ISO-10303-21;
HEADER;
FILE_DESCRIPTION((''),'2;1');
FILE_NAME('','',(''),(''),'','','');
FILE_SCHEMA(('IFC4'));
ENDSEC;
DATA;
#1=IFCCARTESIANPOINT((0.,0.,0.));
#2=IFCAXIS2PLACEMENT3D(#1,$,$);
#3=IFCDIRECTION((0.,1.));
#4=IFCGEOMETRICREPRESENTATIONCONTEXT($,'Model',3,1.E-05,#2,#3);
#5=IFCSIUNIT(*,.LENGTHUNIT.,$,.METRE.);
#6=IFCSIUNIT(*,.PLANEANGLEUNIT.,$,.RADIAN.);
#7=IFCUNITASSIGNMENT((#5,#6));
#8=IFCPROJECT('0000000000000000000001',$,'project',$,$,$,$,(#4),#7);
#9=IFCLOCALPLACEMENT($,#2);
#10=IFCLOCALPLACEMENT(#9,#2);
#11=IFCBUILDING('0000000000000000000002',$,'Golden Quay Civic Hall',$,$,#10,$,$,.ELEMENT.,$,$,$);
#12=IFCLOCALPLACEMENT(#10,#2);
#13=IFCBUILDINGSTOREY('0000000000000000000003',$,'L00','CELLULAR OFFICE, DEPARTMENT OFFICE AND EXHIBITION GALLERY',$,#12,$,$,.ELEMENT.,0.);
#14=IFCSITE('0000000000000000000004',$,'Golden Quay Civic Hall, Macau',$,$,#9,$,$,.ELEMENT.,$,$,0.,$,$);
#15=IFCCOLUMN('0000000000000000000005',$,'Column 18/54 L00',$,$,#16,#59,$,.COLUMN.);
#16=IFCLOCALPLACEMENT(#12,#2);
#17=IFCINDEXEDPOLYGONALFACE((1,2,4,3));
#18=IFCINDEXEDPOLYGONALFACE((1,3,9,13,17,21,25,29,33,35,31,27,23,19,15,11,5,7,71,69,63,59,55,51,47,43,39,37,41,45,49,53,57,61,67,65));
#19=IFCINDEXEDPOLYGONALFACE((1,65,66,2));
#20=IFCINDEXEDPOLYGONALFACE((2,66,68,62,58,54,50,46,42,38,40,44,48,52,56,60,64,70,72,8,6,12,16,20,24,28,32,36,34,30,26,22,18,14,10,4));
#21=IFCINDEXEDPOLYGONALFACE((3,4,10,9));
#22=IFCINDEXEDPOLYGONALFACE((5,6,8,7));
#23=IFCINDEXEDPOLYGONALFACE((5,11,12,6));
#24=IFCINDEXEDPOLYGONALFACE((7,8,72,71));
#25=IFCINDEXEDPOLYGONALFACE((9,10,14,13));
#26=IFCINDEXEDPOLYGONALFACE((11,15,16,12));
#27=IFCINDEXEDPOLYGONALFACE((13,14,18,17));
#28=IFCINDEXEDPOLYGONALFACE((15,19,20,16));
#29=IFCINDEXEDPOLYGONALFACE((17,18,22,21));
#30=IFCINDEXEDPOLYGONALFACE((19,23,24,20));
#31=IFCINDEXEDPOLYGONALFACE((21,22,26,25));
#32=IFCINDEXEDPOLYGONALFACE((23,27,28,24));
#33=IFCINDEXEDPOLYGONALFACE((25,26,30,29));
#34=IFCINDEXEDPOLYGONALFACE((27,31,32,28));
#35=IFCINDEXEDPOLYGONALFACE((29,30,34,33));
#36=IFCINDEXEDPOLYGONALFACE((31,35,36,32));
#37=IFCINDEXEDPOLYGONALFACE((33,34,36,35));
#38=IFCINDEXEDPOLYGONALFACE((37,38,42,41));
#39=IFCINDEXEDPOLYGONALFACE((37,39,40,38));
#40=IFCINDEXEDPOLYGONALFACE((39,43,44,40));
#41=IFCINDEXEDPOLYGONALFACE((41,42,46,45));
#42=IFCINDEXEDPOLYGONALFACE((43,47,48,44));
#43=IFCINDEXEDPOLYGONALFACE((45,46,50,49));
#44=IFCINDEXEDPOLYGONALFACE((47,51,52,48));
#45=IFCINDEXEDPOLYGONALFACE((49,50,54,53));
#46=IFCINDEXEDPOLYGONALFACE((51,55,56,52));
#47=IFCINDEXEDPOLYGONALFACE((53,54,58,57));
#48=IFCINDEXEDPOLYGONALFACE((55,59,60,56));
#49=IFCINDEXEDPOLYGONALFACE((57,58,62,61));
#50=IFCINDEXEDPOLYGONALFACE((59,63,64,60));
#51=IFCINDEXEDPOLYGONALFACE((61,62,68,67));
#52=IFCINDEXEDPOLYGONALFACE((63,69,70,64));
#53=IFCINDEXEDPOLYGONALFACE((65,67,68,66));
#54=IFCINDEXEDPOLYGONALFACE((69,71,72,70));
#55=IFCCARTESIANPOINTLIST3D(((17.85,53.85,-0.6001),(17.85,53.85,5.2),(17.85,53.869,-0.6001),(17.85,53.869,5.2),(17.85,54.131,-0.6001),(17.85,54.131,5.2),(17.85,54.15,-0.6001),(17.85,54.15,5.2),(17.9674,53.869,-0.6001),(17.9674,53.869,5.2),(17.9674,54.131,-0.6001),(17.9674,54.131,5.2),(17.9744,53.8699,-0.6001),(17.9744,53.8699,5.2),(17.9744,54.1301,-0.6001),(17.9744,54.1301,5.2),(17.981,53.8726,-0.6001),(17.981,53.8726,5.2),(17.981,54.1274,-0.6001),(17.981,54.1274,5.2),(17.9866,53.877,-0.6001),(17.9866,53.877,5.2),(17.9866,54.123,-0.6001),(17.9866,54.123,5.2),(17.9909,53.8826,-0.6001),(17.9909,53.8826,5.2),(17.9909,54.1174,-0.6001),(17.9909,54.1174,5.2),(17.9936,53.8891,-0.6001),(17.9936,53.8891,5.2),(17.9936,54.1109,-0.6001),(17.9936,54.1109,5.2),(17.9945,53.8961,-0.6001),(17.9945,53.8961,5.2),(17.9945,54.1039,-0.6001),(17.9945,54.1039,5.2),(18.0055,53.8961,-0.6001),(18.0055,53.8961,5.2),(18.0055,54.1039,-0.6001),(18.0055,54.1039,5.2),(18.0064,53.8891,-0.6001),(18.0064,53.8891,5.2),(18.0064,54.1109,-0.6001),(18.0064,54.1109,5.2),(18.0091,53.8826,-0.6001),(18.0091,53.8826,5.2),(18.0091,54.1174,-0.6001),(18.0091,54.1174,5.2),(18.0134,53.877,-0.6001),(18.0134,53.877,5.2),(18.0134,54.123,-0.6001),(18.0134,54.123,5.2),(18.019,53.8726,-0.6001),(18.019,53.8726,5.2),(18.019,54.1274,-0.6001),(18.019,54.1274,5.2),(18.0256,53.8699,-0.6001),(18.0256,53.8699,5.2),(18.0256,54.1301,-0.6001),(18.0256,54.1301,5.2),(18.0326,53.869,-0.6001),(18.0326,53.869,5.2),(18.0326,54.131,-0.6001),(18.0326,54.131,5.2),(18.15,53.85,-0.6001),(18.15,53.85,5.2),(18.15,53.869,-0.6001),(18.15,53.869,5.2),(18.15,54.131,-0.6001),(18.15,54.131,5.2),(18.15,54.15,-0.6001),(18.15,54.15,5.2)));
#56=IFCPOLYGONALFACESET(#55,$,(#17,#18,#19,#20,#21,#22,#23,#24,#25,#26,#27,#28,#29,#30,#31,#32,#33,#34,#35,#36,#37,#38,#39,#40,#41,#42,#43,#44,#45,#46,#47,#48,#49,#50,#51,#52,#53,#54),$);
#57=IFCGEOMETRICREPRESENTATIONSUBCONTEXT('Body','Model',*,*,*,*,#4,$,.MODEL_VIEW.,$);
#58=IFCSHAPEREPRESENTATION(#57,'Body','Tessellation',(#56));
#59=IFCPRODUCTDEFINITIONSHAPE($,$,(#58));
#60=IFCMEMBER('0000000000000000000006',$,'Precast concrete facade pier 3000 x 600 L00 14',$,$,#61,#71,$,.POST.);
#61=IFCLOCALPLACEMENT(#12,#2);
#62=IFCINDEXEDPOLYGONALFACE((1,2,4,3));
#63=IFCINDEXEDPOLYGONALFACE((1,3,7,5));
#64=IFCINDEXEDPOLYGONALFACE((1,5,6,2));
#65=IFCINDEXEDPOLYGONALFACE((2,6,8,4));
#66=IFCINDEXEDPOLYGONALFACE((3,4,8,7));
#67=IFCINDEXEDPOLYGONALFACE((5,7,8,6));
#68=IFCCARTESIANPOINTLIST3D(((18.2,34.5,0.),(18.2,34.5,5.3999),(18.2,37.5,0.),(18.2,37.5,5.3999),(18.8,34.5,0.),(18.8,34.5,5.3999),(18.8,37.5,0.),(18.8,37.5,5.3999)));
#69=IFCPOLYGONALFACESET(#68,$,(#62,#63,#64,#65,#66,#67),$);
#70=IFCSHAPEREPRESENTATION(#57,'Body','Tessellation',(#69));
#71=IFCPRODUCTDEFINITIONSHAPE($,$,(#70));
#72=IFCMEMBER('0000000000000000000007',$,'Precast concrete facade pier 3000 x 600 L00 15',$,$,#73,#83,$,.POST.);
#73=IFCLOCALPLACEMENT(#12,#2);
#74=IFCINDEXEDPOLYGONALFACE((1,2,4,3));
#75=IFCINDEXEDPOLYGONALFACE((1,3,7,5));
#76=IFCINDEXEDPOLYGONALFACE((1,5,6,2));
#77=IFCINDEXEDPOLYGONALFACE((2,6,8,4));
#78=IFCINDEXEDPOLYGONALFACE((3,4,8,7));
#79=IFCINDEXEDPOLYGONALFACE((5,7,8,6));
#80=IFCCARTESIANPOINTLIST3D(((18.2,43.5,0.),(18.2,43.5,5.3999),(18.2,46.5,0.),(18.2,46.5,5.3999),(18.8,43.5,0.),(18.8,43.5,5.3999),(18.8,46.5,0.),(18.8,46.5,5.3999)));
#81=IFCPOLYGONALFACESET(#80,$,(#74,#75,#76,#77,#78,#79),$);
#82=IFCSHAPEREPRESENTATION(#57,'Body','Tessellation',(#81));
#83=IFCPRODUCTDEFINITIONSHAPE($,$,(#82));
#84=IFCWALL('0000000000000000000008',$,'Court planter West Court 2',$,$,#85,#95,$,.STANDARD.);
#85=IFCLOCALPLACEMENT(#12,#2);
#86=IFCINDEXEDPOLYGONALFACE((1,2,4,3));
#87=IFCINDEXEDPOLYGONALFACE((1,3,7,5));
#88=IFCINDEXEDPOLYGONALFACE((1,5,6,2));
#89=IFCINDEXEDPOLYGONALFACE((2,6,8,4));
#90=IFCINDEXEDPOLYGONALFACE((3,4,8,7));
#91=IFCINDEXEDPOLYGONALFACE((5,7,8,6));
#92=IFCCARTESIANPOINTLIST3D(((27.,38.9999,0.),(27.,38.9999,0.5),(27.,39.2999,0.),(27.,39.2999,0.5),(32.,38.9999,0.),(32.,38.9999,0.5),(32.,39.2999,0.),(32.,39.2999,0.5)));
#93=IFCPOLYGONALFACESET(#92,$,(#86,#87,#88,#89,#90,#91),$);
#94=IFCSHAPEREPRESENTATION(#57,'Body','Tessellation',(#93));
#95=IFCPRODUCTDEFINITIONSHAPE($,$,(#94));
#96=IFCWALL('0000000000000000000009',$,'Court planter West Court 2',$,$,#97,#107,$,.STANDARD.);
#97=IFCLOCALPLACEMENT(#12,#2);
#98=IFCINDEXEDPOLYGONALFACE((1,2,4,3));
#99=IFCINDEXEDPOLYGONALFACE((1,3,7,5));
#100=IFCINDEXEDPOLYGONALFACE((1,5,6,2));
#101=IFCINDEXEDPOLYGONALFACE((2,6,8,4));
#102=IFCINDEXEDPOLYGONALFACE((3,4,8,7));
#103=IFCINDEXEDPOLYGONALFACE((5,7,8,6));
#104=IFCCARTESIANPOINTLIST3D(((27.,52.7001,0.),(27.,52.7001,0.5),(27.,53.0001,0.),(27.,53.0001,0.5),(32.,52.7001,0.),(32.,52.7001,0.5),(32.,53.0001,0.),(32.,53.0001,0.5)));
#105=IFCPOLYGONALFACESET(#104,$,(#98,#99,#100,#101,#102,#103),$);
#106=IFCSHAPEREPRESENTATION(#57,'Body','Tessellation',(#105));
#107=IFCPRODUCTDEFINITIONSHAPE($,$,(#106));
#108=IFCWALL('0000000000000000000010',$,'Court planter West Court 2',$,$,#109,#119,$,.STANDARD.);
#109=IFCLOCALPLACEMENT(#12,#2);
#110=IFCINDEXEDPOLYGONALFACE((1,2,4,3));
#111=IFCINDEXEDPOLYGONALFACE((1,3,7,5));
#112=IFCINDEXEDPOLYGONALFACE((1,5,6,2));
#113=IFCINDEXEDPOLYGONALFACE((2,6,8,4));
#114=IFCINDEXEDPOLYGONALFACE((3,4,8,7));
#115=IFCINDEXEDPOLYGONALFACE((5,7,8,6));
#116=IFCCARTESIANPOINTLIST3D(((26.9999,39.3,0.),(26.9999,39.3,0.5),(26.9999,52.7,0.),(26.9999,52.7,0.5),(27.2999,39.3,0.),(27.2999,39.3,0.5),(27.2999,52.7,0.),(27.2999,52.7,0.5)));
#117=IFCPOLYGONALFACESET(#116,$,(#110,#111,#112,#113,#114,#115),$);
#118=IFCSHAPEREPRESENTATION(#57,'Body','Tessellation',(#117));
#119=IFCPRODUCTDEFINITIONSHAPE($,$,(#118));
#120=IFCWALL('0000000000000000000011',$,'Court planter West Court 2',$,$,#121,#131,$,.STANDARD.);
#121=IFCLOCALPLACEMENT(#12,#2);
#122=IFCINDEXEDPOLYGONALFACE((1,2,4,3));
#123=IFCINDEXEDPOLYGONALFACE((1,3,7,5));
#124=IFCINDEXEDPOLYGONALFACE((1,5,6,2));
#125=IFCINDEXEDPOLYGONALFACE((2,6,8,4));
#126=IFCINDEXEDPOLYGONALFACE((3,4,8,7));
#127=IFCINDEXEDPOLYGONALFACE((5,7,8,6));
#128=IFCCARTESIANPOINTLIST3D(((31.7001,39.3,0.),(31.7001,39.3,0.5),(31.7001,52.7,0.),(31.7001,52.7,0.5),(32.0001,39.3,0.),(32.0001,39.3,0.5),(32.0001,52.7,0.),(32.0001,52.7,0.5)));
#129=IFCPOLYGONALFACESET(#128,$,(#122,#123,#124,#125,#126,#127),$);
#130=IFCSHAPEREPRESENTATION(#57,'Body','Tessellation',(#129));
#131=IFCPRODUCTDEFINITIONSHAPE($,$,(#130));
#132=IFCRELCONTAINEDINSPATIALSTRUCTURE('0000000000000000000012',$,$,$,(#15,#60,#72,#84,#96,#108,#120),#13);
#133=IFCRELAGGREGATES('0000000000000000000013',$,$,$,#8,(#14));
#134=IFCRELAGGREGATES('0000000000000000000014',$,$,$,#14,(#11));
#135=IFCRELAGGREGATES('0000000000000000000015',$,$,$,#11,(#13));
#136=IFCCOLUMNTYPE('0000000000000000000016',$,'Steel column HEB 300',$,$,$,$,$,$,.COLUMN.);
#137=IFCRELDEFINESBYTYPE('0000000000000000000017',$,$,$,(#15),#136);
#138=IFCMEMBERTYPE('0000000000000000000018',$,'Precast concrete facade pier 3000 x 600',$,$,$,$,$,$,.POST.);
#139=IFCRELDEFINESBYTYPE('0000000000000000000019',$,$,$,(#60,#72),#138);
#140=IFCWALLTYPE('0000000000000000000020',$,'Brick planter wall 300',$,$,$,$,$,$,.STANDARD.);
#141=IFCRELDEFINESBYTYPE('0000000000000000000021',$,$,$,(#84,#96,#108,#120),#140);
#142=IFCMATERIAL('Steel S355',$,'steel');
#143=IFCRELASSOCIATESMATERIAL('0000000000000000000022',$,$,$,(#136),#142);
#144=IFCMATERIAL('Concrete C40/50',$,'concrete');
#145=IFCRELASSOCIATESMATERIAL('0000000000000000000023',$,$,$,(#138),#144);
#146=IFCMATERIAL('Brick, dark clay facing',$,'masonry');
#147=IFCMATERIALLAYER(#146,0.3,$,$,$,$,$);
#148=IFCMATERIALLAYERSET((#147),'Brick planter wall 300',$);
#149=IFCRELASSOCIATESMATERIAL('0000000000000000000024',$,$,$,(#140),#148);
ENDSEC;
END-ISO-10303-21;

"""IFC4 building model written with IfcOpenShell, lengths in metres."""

from ifc_helpers import new_model, si_unit, direction, frame, frame_2d, origin, origin_2d, place, context, subcontext, project, spatial, rectangle, i_section, extrude, material, layer, layer_set, material_profile, profile_set, type_object, element, save


model = new_model("IFC4")

# Units and contexts
model_context = context("Model", 3, precision=1e-05, world=origin(), true_north=direction((0.0, 1.0)))
body_context = subcontext(model_context, "Body", "Model", "MODEL_VIEW")
ifc_project = project(units=[si_unit("LENGTHUNIT", "METRE"), si_unit("PLANEANGLEUNIT", "RADIAN")], contexts=[model_context])

# Site, building, storey
site_placement = place(None, origin())
site = spatial("IfcSite", under=ifc_project, at=site_placement, Name="Golden Quay Civic Hall, Macau", CompositionType="ELEMENT", RefElevation=0.0)
building_placement = place(site_placement, origin())
building = spatial("IfcBuilding", under=site, at=building_placement, Name="Golden Quay Civic Hall", CompositionType="ELEMENT")
storey_placement = place(building_placement, origin())
storey = spatial("IfcBuildingStorey", under=building, at=storey_placement, Name="L00", Description="CELLULAR OFFICE, DEPARTMENT OFFICE AND EXHIBITION GALLERY", CompositionType="ELEMENT", Elevation=0.0)

# Column
ifc_material_1 = material(Name="Steel S355", Category="steel")
ifc_material_profile_1 = material_profile(ifc_material_1, i_section(OverallWidth=0.3, OverallDepth=0.3, WebThickness=0.011, FlangeThickness=0.019, FilletRadius=0.0271, at=origin_2d()), Name="HEB 300")
ifc_profile_set_1 = profile_set([ifc_material_profile_1], Name="Steel S355")
column_type = type_object("IfcColumnType", Name="Steel column HEB 300", PredefinedType="COLUMN", material=ifc_profile_set_1)
for number, where, z_axis, x_axis, name in (
    (1, (18.0, 54.0, -0.6001), (0.0, 0.0, 1.0), (1.0, 0.0, 0.0), "Column 18/54 L00"),
):
    element("IfcColumn", number, at=place(storey_placement, frame(where, z_axis=z_axis, x_axis=x_axis)), inside=storey, type_object=column_type, Name=name, PredefinedType="COLUMN", context=body_context, shape_type="SweptSolid", body=[
        extrude(i_section(OverallWidth=0.3, OverallDepth=0.3, WebThickness=0.011, FlangeThickness=0.019, FilletRadius=0.0271, at=origin_2d()), origin(), (0.0, 0.0, 1.0), 5.8),
    ])

# Members
ifc_material_2 = material(Name="Concrete C40/50", Category="concrete")
ifc_material_profile_2 = material_profile(ifc_material_2, rectangle(XDim=3.0, YDim=0.6001, at=origin_2d()), Name="RC 3000x600")
ifc_profile_set_2 = profile_set([ifc_material_profile_2], Name="Concrete C40/50")
member_type = type_object("IfcMemberType", Name="Precast concrete facade pier 3000 x 600", PredefinedType="POST", material=ifc_profile_set_2)
for number, where, z_axis, x_axis, name in (
    (2, (18.5, 36.0, 0.0), (0.0, 0.0, 1.0), (0.0, 1.0, 0.0), "Precast concrete facade pier 3000 x 600 L00 14"),
    (3, (18.5, 45.0, 0.0), (0.0, 0.0, 1.0), (0.0, 1.0, 0.0), "Precast concrete facade pier 3000 x 600 L00 15"),
):
    element("IfcMember", number, at=place(storey_placement, frame(where, z_axis=z_axis, x_axis=x_axis)), inside=storey, type_object=member_type, Name=name, PredefinedType="POST", context=body_context, shape_type="SweptSolid", body=[
        extrude(rectangle(XDim=3.0, YDim=0.6001, at=origin_2d()), origin(), (0.0, 0.0, 1.0), 5.3999),
    ])

# Walls
ifc_material_3 = material(Name="Brick, dark clay facing", Category="masonry")
ifc_layer_1 = layer(ifc_material_3, 0.3)
ifc_layer_set_1 = layer_set([ifc_layer_1], Name="Brick planter wall 300")
wall_type_1 = type_object("IfcWallType", Name="Brick planter wall 300", PredefinedType="STANDARD", material=ifc_layer_set_1)
for number, where, z_axis, x_axis, name in (
    (4, (27.0, 39.1499, 0.0), (0.0, 0.0, 1.0), (1.0, 0.0, 0.0), "Court planter West Court 2"),
    (5, (27.0, 52.8501, 0.0), (0.0, 0.0, 1.0), (1.0, 0.0, 0.0), "Court planter West Court 2"),
):
    element("IfcWall", number, at=place(storey_placement, frame(where, z_axis=z_axis, x_axis=x_axis)), inside=storey, type_object=wall_type_1, Name=name, PredefinedType="STANDARD", context=body_context, shape_type="SweptSolid", body=[
        extrude(rectangle(XDim=5.0, YDim=0.3, at=frame_2d((2.5, 0.0))), origin(), (0.0, 0.0, 1.0), 0.5),
    ])
for number, where, z_axis, x_axis, name in (
    (6, (27.1499, 39.3, 0.0), (0.0, 0.0, 1.0), (0.0, 1.0, 0.0), "Court planter West Court 2"),
    (7, (31.8501, 39.3, 0.0), (0.0, 0.0, 1.0), (0.0, 1.0, 0.0), "Court planter West Court 2"),
):
    element("IfcWall", number, at=place(storey_placement, frame(where, z_axis=z_axis, x_axis=x_axis)), inside=storey, type_object=wall_type_1, Name=name, PredefinedType="STANDARD", context=body_context, shape_type="SweptSolid", body=[
        extrude(rectangle(XDim=13.3999, YDim=0.3, at=frame_2d((6.7, 0.0))), origin(), (0.0, 0.0, 1.0), 0.5),
    ])

save(model, "model.ifc")
